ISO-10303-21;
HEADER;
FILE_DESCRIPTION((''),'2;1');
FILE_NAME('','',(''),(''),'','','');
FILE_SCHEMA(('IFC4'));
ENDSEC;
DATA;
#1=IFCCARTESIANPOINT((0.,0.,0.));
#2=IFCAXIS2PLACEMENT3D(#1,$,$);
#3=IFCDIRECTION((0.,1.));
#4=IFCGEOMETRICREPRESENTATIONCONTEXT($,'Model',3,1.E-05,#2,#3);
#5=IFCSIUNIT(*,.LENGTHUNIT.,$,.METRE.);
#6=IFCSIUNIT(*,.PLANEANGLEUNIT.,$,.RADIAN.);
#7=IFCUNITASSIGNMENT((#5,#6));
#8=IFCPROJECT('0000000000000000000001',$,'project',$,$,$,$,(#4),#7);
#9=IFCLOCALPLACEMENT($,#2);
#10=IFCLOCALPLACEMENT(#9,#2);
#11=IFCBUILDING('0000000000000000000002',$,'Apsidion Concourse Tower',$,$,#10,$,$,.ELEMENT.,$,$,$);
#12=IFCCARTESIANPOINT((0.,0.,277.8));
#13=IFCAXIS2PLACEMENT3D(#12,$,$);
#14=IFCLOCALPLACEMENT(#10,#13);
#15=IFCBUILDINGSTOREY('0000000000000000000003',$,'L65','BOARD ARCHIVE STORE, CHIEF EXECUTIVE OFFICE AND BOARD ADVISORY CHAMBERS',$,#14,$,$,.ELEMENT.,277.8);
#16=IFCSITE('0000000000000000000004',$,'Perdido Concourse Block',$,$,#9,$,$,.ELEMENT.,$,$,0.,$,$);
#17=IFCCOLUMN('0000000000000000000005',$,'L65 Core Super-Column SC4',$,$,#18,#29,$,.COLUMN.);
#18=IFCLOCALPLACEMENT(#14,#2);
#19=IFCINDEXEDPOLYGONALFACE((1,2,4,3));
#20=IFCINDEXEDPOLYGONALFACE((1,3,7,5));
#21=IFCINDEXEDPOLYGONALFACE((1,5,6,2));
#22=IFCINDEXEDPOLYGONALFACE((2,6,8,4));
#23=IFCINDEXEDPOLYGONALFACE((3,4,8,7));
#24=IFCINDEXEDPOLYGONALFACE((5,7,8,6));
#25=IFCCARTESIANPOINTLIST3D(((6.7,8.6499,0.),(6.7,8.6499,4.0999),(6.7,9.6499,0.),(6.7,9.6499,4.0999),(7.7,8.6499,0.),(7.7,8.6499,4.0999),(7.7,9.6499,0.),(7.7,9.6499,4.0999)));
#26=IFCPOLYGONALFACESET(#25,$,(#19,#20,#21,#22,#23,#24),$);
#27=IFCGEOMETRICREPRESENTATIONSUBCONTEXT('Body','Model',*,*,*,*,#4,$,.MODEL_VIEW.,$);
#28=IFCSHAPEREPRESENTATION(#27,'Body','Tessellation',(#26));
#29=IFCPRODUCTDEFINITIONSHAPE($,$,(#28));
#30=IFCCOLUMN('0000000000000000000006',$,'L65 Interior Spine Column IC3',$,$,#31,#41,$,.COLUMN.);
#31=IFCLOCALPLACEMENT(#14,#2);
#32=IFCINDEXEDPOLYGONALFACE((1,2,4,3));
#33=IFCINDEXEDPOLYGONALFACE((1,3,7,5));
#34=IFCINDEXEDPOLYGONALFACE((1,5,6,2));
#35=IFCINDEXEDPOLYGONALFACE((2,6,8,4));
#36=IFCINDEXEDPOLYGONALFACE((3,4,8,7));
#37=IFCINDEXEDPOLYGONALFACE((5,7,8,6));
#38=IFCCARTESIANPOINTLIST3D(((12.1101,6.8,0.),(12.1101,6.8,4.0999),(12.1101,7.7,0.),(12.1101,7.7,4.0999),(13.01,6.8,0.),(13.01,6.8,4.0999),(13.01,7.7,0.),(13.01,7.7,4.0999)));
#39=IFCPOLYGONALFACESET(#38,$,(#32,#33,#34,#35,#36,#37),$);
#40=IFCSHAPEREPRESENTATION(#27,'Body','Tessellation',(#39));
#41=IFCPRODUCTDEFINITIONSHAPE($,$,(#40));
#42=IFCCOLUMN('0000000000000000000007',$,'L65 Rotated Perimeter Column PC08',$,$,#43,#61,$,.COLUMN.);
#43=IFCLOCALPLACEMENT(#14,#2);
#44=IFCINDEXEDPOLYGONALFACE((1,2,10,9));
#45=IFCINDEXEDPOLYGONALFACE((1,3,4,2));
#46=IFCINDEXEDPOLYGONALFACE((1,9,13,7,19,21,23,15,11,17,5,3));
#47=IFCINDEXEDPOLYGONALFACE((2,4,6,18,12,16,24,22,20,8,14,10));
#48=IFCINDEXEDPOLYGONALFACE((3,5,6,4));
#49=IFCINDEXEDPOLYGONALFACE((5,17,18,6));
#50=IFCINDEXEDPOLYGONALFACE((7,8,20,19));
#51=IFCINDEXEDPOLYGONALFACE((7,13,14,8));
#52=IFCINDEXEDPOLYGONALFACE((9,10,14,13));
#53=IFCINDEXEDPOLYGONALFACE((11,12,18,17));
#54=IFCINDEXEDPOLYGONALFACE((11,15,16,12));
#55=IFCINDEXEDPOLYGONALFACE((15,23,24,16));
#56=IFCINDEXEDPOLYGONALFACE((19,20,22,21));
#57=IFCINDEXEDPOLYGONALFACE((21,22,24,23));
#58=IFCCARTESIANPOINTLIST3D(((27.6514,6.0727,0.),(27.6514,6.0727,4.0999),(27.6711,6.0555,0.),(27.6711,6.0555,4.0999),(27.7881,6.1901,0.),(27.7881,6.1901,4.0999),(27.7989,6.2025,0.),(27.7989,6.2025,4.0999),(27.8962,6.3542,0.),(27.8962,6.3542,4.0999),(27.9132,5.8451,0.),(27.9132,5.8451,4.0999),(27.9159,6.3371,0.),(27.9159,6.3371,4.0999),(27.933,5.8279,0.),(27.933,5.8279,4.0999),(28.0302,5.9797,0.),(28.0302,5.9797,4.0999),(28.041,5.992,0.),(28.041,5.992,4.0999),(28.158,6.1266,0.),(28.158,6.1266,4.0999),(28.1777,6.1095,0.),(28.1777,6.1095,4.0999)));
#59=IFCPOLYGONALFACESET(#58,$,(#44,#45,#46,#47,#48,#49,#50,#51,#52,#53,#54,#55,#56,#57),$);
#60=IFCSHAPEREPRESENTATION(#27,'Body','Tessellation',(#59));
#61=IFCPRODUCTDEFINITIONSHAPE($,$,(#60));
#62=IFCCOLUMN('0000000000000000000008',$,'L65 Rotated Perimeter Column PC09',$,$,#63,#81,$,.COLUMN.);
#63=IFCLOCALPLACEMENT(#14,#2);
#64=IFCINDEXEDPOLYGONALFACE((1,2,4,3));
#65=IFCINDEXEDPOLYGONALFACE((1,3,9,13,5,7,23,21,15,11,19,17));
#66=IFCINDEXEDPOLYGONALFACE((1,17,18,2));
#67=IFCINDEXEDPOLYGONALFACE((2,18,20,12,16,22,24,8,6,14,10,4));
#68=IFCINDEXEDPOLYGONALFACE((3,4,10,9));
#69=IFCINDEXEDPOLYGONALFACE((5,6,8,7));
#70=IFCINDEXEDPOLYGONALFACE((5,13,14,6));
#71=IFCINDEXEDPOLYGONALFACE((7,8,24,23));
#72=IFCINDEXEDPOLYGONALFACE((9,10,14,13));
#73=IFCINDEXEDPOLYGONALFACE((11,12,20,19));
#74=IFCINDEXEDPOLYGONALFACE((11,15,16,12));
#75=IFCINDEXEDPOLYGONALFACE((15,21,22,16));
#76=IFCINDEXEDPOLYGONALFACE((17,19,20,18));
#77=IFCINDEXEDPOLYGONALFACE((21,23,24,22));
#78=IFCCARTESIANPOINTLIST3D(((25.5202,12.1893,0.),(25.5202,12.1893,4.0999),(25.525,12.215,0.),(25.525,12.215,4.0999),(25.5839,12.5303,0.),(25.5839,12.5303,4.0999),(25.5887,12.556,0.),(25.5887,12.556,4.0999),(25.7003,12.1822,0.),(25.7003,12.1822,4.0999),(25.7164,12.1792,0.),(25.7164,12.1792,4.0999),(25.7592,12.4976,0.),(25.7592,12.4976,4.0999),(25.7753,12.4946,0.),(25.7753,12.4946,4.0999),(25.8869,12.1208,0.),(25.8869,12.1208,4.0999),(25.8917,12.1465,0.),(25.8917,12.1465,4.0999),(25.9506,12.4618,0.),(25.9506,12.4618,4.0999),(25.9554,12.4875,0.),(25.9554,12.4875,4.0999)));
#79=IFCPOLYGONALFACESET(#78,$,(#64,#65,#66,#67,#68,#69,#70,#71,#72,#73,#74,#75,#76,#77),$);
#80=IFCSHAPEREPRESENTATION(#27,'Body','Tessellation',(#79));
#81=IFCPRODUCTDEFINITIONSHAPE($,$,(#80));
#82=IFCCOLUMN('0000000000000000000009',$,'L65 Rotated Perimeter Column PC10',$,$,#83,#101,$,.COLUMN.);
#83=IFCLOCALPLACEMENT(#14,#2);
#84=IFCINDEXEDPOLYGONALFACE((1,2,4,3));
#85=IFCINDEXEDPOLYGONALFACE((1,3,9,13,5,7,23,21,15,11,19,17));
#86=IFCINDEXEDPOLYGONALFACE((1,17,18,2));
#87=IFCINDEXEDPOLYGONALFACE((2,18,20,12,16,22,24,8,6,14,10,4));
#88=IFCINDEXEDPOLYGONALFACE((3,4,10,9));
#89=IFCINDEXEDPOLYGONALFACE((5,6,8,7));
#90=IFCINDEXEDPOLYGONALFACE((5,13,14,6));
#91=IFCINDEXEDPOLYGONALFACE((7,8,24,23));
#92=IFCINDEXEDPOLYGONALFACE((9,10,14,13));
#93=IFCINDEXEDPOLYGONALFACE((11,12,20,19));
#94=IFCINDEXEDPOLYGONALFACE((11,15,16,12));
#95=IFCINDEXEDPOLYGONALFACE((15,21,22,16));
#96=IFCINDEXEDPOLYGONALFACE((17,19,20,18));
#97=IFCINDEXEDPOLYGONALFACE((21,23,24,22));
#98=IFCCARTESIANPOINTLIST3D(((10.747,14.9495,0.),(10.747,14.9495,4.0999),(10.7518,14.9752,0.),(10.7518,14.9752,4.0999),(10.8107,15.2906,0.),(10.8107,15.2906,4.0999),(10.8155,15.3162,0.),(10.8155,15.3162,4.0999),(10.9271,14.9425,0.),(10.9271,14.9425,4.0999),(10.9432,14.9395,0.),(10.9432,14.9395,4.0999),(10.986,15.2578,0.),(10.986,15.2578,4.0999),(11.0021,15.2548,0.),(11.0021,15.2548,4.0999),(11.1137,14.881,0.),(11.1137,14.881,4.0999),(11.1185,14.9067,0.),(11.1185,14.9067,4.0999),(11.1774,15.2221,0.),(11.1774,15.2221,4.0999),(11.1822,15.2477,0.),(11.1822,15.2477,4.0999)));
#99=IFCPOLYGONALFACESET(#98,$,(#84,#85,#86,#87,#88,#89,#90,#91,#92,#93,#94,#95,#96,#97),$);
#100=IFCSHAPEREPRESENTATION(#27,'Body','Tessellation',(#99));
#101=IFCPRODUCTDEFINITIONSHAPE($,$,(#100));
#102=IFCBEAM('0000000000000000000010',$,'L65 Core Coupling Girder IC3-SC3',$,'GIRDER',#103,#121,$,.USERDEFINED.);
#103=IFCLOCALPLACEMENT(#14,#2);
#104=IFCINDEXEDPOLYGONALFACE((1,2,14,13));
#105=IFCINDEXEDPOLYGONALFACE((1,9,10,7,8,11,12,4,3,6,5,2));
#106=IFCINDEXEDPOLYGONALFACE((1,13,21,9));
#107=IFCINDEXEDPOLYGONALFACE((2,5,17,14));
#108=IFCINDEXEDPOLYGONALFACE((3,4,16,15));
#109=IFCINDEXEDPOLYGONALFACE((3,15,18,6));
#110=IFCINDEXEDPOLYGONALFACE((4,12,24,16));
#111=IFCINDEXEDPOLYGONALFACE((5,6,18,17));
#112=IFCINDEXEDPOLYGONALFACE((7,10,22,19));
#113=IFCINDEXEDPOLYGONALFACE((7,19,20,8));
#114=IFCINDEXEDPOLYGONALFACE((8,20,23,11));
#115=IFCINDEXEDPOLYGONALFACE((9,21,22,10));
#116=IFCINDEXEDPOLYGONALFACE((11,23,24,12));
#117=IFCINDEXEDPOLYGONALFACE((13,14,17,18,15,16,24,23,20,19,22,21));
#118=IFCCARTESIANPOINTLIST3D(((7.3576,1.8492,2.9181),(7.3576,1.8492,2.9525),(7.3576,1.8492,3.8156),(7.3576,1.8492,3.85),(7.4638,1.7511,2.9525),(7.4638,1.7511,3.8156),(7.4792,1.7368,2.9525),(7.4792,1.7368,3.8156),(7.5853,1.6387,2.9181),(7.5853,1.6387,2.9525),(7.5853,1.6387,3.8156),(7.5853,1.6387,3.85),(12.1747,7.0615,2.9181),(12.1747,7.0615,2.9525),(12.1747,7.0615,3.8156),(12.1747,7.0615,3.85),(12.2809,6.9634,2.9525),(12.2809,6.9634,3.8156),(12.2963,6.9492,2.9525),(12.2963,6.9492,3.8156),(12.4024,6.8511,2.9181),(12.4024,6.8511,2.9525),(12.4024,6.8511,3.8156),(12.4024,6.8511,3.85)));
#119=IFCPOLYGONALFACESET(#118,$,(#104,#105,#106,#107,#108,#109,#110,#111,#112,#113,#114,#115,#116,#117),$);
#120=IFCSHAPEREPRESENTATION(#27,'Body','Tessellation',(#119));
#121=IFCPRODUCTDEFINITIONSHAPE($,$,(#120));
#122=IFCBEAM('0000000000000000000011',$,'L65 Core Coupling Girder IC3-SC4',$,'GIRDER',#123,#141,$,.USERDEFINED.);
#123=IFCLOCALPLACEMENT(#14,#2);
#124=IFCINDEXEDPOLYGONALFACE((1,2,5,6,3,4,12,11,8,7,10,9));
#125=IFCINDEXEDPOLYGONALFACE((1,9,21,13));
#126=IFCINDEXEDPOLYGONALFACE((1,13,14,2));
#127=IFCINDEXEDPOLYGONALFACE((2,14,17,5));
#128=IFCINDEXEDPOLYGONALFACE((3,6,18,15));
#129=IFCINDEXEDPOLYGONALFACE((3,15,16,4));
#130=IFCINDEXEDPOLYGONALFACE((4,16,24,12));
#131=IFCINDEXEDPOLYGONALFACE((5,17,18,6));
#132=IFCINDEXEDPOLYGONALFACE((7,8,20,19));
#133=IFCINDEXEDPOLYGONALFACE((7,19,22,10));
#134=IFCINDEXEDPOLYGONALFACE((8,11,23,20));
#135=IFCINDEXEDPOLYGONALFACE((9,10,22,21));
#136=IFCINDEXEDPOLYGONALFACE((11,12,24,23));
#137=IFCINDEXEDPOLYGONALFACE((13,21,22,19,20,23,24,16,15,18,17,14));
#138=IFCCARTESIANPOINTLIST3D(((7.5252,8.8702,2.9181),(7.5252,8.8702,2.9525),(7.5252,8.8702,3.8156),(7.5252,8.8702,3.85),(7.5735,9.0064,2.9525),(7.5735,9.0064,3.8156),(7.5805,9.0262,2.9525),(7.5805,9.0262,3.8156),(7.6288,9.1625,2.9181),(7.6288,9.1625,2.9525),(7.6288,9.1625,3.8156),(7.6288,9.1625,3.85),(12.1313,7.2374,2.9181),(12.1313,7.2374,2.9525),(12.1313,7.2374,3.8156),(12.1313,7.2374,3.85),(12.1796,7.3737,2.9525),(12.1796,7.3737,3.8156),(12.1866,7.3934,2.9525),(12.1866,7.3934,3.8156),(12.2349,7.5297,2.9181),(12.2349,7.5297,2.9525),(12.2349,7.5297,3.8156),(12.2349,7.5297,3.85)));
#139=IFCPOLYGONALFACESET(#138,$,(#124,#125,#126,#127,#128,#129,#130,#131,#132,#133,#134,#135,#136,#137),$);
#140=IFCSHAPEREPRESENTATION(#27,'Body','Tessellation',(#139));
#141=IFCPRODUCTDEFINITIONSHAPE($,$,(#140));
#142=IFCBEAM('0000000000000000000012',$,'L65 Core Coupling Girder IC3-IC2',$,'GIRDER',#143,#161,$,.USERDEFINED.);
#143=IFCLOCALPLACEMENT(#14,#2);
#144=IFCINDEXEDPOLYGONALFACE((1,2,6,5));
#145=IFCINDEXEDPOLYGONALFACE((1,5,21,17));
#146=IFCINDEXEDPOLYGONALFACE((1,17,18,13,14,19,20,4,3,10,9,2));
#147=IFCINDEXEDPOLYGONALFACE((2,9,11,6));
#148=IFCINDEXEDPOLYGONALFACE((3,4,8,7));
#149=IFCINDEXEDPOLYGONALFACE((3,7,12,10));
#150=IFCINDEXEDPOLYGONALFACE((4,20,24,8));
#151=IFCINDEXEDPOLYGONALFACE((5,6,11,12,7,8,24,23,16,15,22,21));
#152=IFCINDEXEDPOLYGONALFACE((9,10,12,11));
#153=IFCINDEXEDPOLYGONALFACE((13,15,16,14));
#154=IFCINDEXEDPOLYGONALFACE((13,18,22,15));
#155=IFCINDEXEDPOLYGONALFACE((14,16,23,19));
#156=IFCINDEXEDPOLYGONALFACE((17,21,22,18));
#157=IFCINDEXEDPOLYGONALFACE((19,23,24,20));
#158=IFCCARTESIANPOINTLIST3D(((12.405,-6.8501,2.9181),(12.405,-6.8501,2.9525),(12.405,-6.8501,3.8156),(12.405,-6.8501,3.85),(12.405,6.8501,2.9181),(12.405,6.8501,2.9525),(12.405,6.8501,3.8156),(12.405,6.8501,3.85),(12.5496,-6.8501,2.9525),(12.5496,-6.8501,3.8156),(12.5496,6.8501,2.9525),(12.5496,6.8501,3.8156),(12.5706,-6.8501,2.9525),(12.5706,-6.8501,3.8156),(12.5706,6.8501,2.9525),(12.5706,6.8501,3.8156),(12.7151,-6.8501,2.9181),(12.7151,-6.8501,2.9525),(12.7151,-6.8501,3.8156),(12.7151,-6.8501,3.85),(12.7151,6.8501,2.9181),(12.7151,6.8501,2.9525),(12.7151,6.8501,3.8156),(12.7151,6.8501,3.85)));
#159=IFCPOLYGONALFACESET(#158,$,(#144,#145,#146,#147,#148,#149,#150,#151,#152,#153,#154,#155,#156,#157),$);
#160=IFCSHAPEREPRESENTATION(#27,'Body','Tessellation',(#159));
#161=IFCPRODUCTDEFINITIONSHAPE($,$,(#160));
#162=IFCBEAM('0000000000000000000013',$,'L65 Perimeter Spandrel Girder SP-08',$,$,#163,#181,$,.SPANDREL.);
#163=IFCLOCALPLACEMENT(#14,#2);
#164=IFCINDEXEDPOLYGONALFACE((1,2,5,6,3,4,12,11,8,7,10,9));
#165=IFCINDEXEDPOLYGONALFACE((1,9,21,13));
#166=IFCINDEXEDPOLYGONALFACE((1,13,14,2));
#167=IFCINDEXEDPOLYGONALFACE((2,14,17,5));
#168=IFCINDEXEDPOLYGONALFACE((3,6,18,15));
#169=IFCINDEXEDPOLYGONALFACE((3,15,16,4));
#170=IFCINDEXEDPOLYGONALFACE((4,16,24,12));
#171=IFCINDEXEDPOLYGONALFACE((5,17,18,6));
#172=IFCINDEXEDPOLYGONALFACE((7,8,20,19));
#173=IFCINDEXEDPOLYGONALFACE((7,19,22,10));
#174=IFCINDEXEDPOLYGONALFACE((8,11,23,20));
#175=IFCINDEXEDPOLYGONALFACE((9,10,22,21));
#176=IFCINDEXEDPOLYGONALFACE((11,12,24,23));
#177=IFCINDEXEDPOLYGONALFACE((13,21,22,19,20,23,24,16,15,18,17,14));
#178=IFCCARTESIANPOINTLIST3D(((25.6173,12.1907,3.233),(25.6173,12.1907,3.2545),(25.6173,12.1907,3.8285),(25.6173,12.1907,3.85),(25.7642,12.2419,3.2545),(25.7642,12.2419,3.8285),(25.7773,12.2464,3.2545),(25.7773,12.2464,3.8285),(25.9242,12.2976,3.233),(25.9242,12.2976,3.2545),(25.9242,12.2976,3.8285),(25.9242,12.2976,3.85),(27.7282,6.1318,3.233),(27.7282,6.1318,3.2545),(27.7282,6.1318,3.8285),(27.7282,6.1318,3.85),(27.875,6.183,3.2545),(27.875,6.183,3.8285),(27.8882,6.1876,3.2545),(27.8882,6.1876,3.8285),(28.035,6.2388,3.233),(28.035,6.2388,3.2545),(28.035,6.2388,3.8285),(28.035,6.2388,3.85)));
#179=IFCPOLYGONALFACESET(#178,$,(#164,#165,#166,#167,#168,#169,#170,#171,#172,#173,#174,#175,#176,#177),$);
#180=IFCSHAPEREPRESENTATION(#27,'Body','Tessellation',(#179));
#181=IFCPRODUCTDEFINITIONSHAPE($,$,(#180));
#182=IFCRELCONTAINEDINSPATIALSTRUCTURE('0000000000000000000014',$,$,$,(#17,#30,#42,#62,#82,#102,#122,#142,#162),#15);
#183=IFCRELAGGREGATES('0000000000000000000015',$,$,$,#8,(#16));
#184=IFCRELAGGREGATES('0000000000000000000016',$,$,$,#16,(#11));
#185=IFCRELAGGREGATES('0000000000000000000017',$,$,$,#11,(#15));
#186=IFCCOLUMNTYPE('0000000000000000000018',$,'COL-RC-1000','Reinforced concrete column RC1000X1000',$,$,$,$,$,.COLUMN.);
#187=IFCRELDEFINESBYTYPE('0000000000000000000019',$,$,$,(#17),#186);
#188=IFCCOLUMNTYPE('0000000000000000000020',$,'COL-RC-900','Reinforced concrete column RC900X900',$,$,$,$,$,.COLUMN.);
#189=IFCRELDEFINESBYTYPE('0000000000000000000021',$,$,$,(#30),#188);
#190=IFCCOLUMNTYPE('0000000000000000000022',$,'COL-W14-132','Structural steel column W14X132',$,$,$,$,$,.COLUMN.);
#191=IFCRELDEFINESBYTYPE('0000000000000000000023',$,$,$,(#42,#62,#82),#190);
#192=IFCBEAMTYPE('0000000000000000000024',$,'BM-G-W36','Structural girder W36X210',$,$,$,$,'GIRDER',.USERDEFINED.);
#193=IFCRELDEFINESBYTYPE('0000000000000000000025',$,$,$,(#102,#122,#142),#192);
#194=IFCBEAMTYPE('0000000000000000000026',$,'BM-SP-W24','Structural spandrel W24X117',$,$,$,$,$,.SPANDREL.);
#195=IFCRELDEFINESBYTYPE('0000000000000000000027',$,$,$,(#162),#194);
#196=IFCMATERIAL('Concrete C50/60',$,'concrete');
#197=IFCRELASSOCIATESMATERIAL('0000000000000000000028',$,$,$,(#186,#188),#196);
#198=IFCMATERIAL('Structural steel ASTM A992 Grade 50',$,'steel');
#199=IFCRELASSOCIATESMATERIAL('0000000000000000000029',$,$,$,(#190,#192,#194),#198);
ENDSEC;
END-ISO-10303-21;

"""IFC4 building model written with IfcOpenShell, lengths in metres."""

from ifc_helpers import new_model, si_unit, direction, frame, origin, origin_2d, place, context, subcontext, project, spatial, rectangle, i_section, extrude, material, material_profile, profile_set, type_object, element, save


model = new_model("IFC4")

# Units and contexts
model_context = context("Model", 3, precision=1e-05, world=origin(), true_north=direction((0.0, 1.0)))
body_context = subcontext(model_context, "Body", "Model", "MODEL_VIEW")
ifc_project = project(units=[si_unit("LENGTHUNIT", "METRE"), si_unit("PLANEANGLEUNIT", "RADIAN")], contexts=[model_context])

# Site, building, storey
site_placement = place(None, origin())
site = spatial("IfcSite", under=ifc_project, at=site_placement, Name="Perdido Concourse Block", CompositionType="ELEMENT", RefElevation=0.0)
building_placement = place(site_placement, origin())
building = spatial("IfcBuilding", under=site, at=building_placement, Name="Apsidion Concourse Tower", CompositionType="ELEMENT")
storey_placement = place(building_placement, frame((0.0, 0.0, 277.8)))
storey = spatial("IfcBuildingStorey", under=building, at=storey_placement, Name="L65", Description="BOARD ARCHIVE STORE, CHIEF EXECUTIVE OFFICE AND BOARD ADVISORY CHAMBERS", CompositionType="ELEMENT", Elevation=277.8)

# Columns
ifc_material_1 = material(Name="Concrete C50/60", Category="concrete")
ifc_material_profile_1 = material_profile(ifc_material_1, rectangle(XDim=1.0, YDim=1.0, at=origin_2d()), Name="RC 1000x1000")
ifc_profile_set_1 = profile_set([ifc_material_profile_1], Name="Concrete C50/60")
column_type_1 = type_object("IfcColumnType", Name="COL-RC-1000", Description="Reinforced concrete column RC1000X1000", PredefinedType="COLUMN", material=ifc_profile_set_1)
column_1_placement = place(storey_placement, frame((7.2, 9.1499, 0.0), z_axis=(0.0, 0.0, 1.0), x_axis=(1.0, 0.0, 0.0)))
element("IfcColumn", 1, at=column_1_placement, inside=storey, type_object=column_type_1, Name="L65 Core Super-Column SC4", PredefinedType="COLUMN", context=body_context, shape_type="SweptSolid", body=[
    extrude(rectangle(XDim=1.0, YDim=1.0, at=origin_2d()), origin(), (0.0, 0.0, 1.0), 4.0999),
])
ifc_material_profile_2 = material_profile(ifc_material_1, rectangle(XDim=0.8999, YDim=0.8999, at=origin_2d()), Name="RC 900x900")
ifc_profile_set_2 = profile_set([ifc_material_profile_2], Name="Concrete C50/60")
column_type_2 = type_object("IfcColumnType", Name="COL-RC-900", Description="Reinforced concrete column RC900X900", PredefinedType="COLUMN", material=ifc_profile_set_2)
column_2_placement = place(storey_placement, frame((12.5601, 7.25, 0.0), z_axis=(0.0, 0.0, 1.0), x_axis=(1.0, 0.0, 0.0)))
element("IfcColumn", 2, at=column_2_placement, inside=storey, type_object=column_type_2, Name="L65 Interior Spine Column IC3", PredefinedType="COLUMN", context=body_context, shape_type="SweptSolid", body=[
    extrude(rectangle(XDim=0.8999, YDim=0.8999, at=origin_2d()), origin(), (0.0, 0.0, 1.0), 4.0999),
])
ifc_material_2 = material(Name="Structural steel ASTM A992 Grade 50", Category="steel")
ifc_material_profile_3 = material_profile(ifc_material_2, i_section(OverallWidth=0.373, OverallDepth=0.373, WebThickness=0.0164, FlangeThickness=0.0261, at=origin_2d()), Name="W14X132")
ifc_profile_set_3 = profile_set([ifc_material_profile_3], Name="Structural steel ASTM A992 Grade 50")
column_type_3 = type_object("IfcColumnType", Name="COL-W14-132", Description="Structural steel column W14X132", PredefinedType="COLUMN", material=ifc_profile_set_3)
for number, where, z_axis, x_axis, name in (
    (3, (27.9146, 6.0911, 0.0), (0.0, 0.0, 1.0), (0.656059, 0.75471, 0.0), "L65 Rotated Perimeter Column PC08"),
    (4, (25.7378, 12.3384, 0.0), (0.0, 0.0, 1.0), (-0.983, 0.183608, 0.0), "L65 Rotated Perimeter Column PC09"),
    (5, (10.9646, 15.0986, 0.0), (0.0, 0.0, 1.0), (-0.983, 0.183608, 0.0), "L65 Rotated Perimeter Column PC10"),
):
    element("IfcColumn", number, at=place(storey_placement, frame(where, z_axis=z_axis, x_axis=x_axis)), inside=storey, type_object=column_type_3, Name=name, PredefinedType="COLUMN", context=body_context, shape_type="SweptSolid", body=[
        extrude(i_section(OverallWidth=0.373, OverallDepth=0.373, WebThickness=0.0164, FlangeThickness=0.0261, at=origin_2d()), origin(), (0.0, 0.0, 1.0), 4.0999),
    ])

# Beams
ifc_material_profile_4 = material_profile(ifc_material_2, i_section(OverallWidth=0.3101, OverallDepth=0.9319, WebThickness=0.021, FlangeThickness=0.0344, at=origin_2d()), Name="W36X210")
ifc_profile_set_4 = profile_set([ifc_material_profile_4], Name="Structural steel ASTM A992 Grade 50")
beam_type_1 = type_object("IfcBeamType", Name="BM-G-W36", Description="Structural girder W36X210", ElementType="GIRDER", PredefinedType="USERDEFINED", material=ifc_profile_set_4)
beam_1_placement = place(storey_placement, frame((12.2886, 6.9563, 3.384), z_axis=(-0.678713, -0.734404, 0.0), x_axis=(0.734404, -0.678713, 0.0)))
element("IfcBeam", 6, at=beam_1_placement, inside=storey, type_object=beam_type_1, Name="L65 Core Coupling Girder IC3-SC3", ObjectType="GIRDER", PredefinedType="USERDEFINED", context=body_context, shape_type="SweptSolid", body=[
    extrude(i_section(OverallWidth=0.3101, OverallDepth=0.9319, WebThickness=0.021, FlangeThickness=0.0344, at=origin_2d()), origin(), (0.0, 0.0, 1.0), 7.0974),
])
beam_2_placement = place(storey_placement, frame((12.1831, 7.3835, 3.384), z_axis=(-0.942534, 0.334111, 0.0), x_axis=(-0.334111, -0.942534, 0.0)))
element("IfcBeam", 7, at=beam_2_placement, inside=storey, type_object=beam_type_1, Name="L65 Core Coupling Girder IC3-SC4", ObjectType="GIRDER", PredefinedType="USERDEFINED", context=body_context, shape_type="SweptSolid", body=[
    extrude(i_section(OverallWidth=0.3101, OverallDepth=0.9319, WebThickness=0.021, FlangeThickness=0.0344, at=origin_2d()), origin(), (0.0, 0.0, 1.0), 4.887),
])
beam_3_placement = place(storey_placement, frame((12.5601, 6.8501, 3.384), z_axis=(0.0, -1.0, 0.0), x_axis=(1.0, 0.0, 0.0)))
element("IfcBeam", 8, at=beam_3_placement, inside=storey, type_object=beam_type_1, Name="L65 Core Coupling Girder IC3-IC2", ObjectType="GIRDER", PredefinedType="USERDEFINED", context=body_context, shape_type="SweptSolid", body=[
    extrude(i_section(OverallWidth=0.3101, OverallDepth=0.9319, WebThickness=0.021, FlangeThickness=0.0344, at=origin_2d()), origin(), (0.0, 0.0, 1.0), 13.7002),
])
ifc_material_profile_5 = material_profile(ifc_material_2, i_section(OverallWidth=0.325, OverallDepth=0.6169, WebThickness=0.0139, FlangeThickness=0.0215, at=origin_2d()), Name="W24X117")
ifc_profile_set_5 = profile_set([ifc_material_profile_5], Name="Structural steel ASTM A992 Grade 50")
beam_type_2 = type_object("IfcBeamType", Name="BM-SP-W24", Description="Structural spandrel W24X117", PredefinedType="SPANDREL", material=ifc_profile_set_5)
beam_4_placement = place(storey_placement, frame((27.8816, 6.1853, 3.5415), z_axis=(-0.328996, 0.944331, 0.0), x_axis=(-0.944331, -0.328996, 0.0)))
element("IfcBeam", 9, at=beam_4_placement, inside=storey, type_object=beam_type_2, Name="L65 Perimeter Spandrel Girder SP-08", PredefinedType="SPANDREL", context=body_context, shape_type="SweptSolid", body=[
    extrude(i_section(OverallWidth=0.325, OverallDepth=0.6169, WebThickness=0.0139, FlangeThickness=0.0215, at=origin_2d()), origin(), (0.0, 0.0, 1.0), 6.416),
])

save(model, "model.ifc")
